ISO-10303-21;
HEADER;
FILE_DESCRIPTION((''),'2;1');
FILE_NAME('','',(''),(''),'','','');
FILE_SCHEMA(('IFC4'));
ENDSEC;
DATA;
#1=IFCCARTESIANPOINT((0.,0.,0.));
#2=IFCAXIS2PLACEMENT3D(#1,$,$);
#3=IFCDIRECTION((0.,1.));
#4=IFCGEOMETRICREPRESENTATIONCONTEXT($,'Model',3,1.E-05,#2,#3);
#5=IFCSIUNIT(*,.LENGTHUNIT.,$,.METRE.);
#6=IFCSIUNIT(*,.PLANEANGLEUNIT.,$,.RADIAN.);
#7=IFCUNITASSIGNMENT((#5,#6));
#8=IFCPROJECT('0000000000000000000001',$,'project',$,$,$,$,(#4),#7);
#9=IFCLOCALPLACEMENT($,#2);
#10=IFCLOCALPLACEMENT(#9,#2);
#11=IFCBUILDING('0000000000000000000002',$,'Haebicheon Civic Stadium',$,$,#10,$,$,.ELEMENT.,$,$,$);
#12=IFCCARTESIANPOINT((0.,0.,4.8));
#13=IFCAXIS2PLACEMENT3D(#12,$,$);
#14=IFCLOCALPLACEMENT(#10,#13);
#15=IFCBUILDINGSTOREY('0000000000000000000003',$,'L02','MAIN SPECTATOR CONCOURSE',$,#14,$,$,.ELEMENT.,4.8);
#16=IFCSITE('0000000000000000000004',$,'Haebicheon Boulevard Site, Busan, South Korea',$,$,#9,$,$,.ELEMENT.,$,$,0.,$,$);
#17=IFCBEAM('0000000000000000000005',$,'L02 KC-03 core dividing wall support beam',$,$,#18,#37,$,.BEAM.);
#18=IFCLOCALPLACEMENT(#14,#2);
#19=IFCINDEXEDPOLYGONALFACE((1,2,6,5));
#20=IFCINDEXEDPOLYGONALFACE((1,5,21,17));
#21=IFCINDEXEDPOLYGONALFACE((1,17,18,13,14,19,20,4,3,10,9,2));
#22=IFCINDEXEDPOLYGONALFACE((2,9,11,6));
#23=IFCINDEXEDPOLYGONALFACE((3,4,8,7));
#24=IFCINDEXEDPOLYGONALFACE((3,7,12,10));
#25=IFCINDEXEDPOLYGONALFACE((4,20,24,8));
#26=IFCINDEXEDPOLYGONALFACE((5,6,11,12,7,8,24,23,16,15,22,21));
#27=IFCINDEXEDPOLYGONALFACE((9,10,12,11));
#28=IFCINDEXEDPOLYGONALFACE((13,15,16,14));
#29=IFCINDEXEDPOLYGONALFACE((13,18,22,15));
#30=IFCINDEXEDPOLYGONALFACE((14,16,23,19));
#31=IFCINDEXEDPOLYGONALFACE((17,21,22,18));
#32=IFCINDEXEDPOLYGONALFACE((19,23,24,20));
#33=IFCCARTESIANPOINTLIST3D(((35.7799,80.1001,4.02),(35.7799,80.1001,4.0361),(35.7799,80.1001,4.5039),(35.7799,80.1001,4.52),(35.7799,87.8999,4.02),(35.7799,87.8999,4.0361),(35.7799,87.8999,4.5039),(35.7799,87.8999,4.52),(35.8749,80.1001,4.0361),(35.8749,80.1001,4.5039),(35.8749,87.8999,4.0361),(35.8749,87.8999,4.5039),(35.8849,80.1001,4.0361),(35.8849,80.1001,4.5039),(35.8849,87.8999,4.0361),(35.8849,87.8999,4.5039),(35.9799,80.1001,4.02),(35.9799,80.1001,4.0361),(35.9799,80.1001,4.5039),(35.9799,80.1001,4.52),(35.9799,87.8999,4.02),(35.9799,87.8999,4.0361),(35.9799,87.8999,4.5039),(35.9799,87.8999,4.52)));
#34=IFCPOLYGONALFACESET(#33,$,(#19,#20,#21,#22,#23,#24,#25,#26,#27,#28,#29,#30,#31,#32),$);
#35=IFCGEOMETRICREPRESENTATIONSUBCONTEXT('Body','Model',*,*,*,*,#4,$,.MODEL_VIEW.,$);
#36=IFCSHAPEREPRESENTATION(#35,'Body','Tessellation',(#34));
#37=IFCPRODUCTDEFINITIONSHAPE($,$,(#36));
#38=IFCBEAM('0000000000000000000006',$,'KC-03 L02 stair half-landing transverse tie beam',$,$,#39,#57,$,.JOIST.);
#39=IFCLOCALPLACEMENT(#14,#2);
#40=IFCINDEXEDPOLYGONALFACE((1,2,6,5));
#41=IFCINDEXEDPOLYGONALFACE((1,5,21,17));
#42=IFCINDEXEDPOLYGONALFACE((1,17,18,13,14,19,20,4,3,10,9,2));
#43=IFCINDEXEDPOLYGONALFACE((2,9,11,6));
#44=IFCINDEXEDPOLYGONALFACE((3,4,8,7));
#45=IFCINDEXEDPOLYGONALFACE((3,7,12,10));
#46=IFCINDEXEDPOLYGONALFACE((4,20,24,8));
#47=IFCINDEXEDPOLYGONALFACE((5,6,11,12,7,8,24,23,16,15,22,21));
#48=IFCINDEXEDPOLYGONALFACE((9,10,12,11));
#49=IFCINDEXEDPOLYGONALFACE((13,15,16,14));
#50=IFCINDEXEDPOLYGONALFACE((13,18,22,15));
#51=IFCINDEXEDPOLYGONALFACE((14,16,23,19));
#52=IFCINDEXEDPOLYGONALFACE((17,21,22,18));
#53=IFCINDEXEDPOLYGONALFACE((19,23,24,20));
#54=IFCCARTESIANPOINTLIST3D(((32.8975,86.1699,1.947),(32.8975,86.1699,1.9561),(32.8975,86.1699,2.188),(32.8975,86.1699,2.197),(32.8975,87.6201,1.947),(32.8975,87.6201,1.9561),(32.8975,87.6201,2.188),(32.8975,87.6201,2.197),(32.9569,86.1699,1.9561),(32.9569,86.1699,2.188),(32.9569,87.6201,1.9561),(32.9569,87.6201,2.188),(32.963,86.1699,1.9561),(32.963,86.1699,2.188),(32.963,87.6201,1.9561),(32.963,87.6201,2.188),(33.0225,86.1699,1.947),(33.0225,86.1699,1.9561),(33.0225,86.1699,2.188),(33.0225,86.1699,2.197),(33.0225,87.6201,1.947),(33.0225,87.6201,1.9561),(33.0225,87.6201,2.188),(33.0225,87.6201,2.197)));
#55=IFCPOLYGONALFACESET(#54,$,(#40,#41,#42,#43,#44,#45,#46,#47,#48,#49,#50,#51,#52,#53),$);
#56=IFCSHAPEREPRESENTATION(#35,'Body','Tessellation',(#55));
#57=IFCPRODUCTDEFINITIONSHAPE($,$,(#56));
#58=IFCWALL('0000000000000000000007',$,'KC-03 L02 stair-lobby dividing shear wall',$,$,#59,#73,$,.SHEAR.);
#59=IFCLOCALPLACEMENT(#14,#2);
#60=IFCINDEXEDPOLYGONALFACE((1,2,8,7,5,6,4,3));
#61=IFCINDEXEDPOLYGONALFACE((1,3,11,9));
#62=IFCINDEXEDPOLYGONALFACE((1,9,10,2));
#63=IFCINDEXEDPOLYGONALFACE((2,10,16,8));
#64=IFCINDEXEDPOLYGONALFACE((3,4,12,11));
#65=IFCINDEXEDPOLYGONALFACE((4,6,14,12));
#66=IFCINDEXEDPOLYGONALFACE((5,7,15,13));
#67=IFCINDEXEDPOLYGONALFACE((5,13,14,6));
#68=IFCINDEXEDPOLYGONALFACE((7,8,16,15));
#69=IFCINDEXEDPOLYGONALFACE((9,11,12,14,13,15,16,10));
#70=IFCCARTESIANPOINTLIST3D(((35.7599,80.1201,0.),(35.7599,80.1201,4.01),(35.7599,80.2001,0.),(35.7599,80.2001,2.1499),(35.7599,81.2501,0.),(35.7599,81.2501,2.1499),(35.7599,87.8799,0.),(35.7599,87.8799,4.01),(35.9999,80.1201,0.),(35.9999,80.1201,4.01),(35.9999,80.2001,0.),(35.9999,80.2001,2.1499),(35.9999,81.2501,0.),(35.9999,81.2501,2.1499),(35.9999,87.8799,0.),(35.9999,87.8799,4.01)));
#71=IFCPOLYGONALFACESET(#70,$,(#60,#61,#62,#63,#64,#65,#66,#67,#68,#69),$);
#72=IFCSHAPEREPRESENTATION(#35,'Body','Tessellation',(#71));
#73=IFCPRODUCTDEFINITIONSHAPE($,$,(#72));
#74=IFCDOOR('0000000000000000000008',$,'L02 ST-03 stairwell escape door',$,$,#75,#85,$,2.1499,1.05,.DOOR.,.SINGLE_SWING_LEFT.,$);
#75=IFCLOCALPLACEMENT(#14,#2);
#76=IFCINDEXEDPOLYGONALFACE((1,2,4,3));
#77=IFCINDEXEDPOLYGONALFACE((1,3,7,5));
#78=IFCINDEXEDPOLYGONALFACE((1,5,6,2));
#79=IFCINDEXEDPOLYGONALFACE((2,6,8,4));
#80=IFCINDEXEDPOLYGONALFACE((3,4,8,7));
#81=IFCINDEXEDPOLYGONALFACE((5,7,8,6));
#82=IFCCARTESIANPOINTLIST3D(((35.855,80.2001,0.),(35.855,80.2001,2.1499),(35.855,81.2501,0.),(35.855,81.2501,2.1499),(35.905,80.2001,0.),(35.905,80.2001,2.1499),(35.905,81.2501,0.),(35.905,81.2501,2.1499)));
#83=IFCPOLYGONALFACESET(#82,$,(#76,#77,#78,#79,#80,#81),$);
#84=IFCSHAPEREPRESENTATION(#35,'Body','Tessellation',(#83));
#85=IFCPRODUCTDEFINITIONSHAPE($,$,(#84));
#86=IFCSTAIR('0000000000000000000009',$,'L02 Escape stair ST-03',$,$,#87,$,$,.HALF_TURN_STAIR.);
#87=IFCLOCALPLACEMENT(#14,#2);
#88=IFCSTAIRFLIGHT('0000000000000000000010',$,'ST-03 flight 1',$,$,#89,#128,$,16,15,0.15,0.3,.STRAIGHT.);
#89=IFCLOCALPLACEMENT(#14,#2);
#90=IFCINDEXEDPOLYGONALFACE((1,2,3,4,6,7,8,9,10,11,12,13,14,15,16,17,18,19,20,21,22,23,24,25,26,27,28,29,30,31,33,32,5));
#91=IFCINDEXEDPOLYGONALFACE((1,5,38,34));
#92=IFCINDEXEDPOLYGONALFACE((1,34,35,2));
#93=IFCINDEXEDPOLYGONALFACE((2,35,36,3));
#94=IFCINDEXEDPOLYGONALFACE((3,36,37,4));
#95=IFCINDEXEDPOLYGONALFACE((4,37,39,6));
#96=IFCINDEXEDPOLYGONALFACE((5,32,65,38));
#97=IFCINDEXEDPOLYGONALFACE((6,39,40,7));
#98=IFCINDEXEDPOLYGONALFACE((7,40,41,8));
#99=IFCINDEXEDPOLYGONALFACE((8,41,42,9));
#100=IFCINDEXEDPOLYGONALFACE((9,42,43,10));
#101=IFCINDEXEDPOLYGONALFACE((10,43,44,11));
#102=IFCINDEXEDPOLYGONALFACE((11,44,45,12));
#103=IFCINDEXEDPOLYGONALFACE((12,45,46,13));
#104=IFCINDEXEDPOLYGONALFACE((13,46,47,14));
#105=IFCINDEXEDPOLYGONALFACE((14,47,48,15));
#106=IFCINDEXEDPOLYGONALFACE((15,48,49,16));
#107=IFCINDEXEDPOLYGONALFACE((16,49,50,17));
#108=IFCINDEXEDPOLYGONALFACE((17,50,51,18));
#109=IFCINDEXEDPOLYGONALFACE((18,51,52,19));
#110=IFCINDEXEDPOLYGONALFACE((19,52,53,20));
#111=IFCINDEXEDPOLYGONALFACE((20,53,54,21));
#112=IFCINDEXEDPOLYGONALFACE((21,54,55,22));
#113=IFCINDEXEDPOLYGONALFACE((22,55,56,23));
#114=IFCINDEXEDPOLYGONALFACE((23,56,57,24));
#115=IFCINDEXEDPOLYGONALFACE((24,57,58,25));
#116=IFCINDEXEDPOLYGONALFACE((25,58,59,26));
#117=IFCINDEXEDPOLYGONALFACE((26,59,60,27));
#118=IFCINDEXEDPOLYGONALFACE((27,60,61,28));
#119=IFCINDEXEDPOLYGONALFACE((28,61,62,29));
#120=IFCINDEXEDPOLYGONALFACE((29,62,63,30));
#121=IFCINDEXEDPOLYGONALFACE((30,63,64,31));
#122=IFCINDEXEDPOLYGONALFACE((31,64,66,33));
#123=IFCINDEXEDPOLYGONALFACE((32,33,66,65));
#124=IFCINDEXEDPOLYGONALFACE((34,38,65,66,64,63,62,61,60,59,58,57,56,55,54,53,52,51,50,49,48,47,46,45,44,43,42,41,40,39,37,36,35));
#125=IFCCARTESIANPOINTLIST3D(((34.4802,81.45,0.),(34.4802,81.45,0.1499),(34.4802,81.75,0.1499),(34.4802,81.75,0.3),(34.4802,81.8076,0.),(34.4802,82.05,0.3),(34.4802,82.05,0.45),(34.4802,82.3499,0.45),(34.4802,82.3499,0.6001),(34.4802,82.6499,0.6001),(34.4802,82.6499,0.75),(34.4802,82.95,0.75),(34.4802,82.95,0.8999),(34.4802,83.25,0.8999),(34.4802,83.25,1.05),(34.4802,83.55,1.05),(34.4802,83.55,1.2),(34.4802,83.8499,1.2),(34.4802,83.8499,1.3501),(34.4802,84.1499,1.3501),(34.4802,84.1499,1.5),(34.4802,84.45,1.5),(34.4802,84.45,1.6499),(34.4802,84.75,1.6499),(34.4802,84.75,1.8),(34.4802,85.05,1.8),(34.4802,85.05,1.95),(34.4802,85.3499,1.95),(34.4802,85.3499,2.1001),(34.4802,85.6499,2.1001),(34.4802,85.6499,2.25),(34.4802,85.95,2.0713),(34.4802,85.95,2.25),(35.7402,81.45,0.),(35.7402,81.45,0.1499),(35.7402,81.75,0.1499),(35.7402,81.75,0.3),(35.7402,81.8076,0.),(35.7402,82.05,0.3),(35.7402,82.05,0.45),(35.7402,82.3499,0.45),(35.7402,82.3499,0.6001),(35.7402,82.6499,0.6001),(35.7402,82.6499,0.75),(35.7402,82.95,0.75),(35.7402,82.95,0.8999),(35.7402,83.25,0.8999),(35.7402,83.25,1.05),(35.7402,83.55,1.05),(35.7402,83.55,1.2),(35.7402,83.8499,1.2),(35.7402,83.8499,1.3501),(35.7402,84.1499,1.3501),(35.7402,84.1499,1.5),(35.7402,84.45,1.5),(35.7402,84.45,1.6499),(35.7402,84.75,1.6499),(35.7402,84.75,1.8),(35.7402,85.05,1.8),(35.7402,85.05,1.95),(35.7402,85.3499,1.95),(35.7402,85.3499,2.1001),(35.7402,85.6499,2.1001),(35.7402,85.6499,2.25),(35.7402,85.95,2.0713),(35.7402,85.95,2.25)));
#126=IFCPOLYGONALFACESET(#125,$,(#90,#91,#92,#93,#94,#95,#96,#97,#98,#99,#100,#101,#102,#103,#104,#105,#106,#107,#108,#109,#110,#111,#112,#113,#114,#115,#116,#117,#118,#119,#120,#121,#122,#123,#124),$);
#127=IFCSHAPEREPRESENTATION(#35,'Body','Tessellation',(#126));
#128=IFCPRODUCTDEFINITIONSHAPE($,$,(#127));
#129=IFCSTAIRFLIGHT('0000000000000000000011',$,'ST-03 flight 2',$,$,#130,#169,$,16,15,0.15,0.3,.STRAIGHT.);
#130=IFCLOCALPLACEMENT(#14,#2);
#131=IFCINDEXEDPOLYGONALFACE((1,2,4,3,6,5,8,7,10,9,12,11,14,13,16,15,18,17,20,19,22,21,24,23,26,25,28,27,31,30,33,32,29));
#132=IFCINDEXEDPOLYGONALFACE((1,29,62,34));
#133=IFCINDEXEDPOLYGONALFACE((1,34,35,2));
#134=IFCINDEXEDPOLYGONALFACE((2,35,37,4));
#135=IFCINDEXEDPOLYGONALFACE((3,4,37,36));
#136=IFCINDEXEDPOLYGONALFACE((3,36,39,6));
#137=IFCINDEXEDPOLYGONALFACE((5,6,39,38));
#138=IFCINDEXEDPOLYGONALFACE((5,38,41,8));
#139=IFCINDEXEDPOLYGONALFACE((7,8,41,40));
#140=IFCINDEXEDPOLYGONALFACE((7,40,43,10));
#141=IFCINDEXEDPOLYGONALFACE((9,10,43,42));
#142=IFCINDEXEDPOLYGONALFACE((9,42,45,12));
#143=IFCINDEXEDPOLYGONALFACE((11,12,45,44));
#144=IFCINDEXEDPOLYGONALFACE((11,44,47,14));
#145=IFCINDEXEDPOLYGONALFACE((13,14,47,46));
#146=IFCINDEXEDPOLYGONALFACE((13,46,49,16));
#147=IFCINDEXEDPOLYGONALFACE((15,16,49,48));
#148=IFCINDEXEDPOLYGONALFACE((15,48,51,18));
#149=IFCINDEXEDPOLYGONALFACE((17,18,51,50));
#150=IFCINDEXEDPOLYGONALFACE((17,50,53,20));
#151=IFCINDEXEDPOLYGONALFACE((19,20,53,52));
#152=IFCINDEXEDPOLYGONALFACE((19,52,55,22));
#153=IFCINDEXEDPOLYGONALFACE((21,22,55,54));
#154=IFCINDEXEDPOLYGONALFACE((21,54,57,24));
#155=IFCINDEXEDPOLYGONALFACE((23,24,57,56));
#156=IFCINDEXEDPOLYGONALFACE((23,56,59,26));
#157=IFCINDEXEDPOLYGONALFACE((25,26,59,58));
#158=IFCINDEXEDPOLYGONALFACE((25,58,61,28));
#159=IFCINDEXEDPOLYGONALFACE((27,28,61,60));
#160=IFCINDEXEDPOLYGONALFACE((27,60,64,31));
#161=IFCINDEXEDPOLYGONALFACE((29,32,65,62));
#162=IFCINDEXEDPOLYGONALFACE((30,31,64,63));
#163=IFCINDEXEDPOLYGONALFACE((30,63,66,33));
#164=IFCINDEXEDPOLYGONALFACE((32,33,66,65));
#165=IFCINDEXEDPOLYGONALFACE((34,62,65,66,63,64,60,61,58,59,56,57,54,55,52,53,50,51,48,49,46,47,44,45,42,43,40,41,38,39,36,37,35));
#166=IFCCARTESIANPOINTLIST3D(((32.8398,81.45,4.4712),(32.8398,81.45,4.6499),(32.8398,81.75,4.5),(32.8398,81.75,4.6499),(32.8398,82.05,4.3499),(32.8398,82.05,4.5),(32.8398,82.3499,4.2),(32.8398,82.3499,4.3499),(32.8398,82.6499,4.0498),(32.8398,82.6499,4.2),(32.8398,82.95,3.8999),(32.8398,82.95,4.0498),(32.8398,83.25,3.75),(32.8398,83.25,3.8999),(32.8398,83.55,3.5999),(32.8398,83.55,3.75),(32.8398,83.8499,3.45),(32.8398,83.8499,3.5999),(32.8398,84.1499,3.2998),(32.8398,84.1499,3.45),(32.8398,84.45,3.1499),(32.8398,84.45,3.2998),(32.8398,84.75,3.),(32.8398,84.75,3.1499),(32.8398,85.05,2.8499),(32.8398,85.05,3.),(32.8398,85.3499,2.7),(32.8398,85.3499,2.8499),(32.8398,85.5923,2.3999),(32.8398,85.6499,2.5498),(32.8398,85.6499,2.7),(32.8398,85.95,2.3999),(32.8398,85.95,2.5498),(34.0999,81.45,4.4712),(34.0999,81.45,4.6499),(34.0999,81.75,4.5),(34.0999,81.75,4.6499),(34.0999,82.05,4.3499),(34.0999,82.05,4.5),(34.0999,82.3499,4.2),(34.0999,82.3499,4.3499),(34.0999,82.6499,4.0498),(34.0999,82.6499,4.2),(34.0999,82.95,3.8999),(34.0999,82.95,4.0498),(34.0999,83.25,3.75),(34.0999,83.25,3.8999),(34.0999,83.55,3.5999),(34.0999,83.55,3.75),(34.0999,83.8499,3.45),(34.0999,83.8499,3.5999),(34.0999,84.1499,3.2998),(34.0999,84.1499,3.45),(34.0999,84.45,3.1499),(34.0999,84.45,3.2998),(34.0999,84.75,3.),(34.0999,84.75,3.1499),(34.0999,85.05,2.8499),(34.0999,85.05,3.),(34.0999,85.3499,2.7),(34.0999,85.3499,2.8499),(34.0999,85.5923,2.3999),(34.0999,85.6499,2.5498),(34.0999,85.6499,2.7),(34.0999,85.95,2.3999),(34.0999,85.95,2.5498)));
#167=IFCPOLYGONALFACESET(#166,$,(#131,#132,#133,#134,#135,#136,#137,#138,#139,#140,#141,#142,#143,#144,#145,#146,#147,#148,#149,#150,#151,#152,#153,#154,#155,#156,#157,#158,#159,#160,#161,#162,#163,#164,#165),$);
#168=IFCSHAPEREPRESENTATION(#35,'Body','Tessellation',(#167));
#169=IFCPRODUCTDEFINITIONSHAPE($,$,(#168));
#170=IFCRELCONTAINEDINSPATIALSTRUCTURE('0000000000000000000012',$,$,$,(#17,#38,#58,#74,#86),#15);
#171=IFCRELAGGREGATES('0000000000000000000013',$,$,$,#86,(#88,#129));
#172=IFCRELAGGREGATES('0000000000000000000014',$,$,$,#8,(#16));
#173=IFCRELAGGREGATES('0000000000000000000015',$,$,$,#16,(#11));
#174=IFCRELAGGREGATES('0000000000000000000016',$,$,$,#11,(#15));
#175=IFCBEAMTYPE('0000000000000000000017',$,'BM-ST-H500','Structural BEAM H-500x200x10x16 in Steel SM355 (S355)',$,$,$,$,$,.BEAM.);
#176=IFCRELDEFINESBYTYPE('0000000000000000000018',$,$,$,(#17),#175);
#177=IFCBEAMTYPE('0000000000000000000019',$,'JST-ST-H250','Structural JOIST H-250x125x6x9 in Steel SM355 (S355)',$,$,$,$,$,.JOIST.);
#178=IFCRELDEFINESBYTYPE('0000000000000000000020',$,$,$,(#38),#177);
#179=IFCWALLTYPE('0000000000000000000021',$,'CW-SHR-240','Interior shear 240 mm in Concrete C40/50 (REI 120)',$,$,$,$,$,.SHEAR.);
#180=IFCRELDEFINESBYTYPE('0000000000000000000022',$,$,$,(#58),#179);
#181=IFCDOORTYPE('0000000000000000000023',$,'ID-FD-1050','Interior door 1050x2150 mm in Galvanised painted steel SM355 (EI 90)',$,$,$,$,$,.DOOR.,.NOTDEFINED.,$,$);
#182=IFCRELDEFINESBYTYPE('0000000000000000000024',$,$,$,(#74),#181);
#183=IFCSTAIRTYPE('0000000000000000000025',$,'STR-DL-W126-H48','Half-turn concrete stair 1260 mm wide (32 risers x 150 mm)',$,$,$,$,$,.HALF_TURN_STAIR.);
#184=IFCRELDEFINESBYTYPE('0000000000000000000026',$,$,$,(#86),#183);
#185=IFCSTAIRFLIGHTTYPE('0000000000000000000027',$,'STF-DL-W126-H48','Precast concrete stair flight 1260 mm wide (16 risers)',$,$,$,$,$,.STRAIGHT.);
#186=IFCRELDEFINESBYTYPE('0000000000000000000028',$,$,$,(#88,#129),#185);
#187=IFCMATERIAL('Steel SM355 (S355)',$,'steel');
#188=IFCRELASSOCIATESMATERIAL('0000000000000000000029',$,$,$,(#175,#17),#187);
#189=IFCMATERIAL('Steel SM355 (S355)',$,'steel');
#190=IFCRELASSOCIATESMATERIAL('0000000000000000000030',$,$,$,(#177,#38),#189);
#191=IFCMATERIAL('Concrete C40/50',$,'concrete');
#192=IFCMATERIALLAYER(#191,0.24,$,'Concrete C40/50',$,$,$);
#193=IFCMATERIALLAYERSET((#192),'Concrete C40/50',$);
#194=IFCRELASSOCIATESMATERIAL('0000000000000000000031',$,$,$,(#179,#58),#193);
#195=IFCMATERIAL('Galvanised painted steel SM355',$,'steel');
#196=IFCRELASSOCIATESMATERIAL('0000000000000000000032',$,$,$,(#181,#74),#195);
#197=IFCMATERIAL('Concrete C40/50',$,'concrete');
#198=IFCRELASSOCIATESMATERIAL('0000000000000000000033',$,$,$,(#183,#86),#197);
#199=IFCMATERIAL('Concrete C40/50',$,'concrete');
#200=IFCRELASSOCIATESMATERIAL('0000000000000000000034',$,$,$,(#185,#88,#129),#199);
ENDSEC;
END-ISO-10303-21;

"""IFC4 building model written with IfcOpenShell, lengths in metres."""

from ifc_helpers import new_model, si_unit, direction, frame, frame_2d, origin, origin_2d, place, context, subcontext, project, spatial, polyline, rectangle, i_section, outline, extrude, material, layer, layer_set, material_profile, profile_set, type_object, element, fill, aggregate, save


model = new_model("IFC4")

# Units and contexts
model_context = context("Model", 3, precision=1e-05, world=origin(), true_north=direction((0.0, 1.0)))
body_context = subcontext(model_context, "Body", "Model", "MODEL_VIEW")
ifc_project = project(units=[si_unit("LENGTHUNIT", "METRE"), si_unit("PLANEANGLEUNIT", "RADIAN")], contexts=[model_context])

# Site, building, storey
site_placement = place(None, origin())
site = spatial("IfcSite", under=ifc_project, at=site_placement, Name="Haebicheon Boulevard Site, Busan, South Korea", CompositionType="ELEMENT", RefElevation=0.0)
building_placement = place(site_placement, origin())
building = spatial("IfcBuilding", under=site, at=building_placement, Name="Haebicheon Civic Stadium", CompositionType="ELEMENT")
storey_placement = place(building_placement, frame((0.0, 0.0, 4.8)))
storey = spatial("IfcBuildingStorey", under=building, at=storey_placement, Name="L02", Description="MAIN SPECTATOR CONCOURSE", CompositionType="ELEMENT", Elevation=4.8)

# Beams
ifc_material_1 = material(Name="Steel SM355 (S355)", Category="steel")
ifc_material_profile_1 = material_profile(ifc_material_1, i_section(OverallWidth=0.2, OverallDepth=0.5, WebThickness=0.01, FlangeThickness=0.0161, at=origin_2d()), Name="H-500x200x10x16")
ifc_profile_set_1 = profile_set([ifc_material_profile_1], Name="Steel SM355 (S355)")
beam_type_1 = type_object("IfcBeamType", Name="BM-ST-H500", Description="Structural BEAM H-500x200x10x16 in Steel SM355 (S355)", PredefinedType="BEAM", material=ifc_profile_set_1)
beam_1_placement = place(storey_placement, frame((35.8799, 80.1001, 4.27), z_axis=(0.0, 1.0, 0.0), x_axis=(-1.0, 0.0, 0.0)))
element("IfcBeam", 1, at=beam_1_placement, inside=storey, type_object=beam_type_1, material=ifc_profile_set_1, Name="L02 KC-03 core dividing wall support beam", PredefinedType="BEAM", context=body_context, shape_type="SweptSolid", body=[
    extrude(i_section(OverallWidth=0.2, OverallDepth=0.5, WebThickness=0.01, FlangeThickness=0.0161, at=origin_2d()), origin(), (0.0, 0.0, 1.0), 7.7998),
])
ifc_material_2 = material(Name="Steel SM355 (S355)", Category="steel")
ifc_material_profile_2 = material_profile(ifc_material_2, i_section(OverallWidth=0.125, OverallDepth=0.25, WebThickness=0.0061, FlangeThickness=0.009, at=origin_2d()), Name="H-250x125x6x9")
ifc_profile_set_2 = profile_set([ifc_material_profile_2], Name="Steel SM355 (S355)")
beam_type_2 = type_object("IfcBeamType", Name="JST-ST-H250", Description="Structural JOIST H-250x125x6x9 in Steel SM355 (S355)", PredefinedType="JOIST", material=ifc_profile_set_2)
beam_2_placement = place(storey_placement, frame((32.96, 86.1699, 2.072), z_axis=(0.0, 1.0, 0.0), x_axis=(-1.0, 0.0, 0.0)))
element("IfcBeam", 2, at=beam_2_placement, inside=storey, type_object=beam_type_2, material=ifc_profile_set_2, Name="KC-03 L02 stair half-landing transverse tie beam", PredefinedType="JOIST", context=body_context, shape_type="SweptSolid", body=[
    extrude(i_section(OverallWidth=0.125, OverallDepth=0.25, WebThickness=0.0061, FlangeThickness=0.009, at=origin_2d()), origin(), (0.0, 0.0, 1.0), 1.4502),
])

# Wall, opening, door
ifc_material_3 = material(Name="Concrete C40/50", Category="concrete")
ifc_layer = layer(ifc_material_3, 0.24, Name="Concrete C40/50")
ifc_layer_set = layer_set([ifc_layer], Name="Concrete C40/50")
wall_type = type_object("IfcWallType", Name="CW-SHR-240", Description="Interior shear 240 mm in Concrete C40/50 (REI 120)", PredefinedType="SHEAR", material=ifc_layer_set)
wall_1_placement = place(storey_placement, frame((35.8799, 80.1201, 0.0), z_axis=(0.0, 0.0, 1.0), x_axis=(0.0, 1.0, 0.0)))
wall_1 = element("IfcWall", 3, at=wall_1_placement, inside=storey, type_object=wall_type, material=ifc_layer_set, Name="KC-03 L02 stair-lobby dividing shear wall", PredefinedType="SHEAR", context=body_context, shape_type="SweptSolid", body=[
    extrude(rectangle(XDim=7.7598, YDim=0.24, at=frame_2d((3.8799, 0.0))), origin(), (0.0, 0.0, 1.0), 4.01),
])
opening_1_placement = place(wall_1_placement, frame((0.0801, 0.0, 0.0)))
opening_1 = element("IfcOpeningElement", 4, at=opening_1_placement, cuts=wall_1, PredefinedType="OPENING", context=body_context, shape_type="SweptSolid", body=[
    extrude(rectangle(XDim=1.05, YDim=2.1499, at=frame_2d((0.5249, 1.075))), frame((0.0, 0.1299, 0.0), z_axis=(0.0, -1.0, 0.0), x_axis=(1.0, 0.0, 0.0)), (0.0, 0.0, 1.0), 0.26),
])
ifc_material_4 = material(Name="Galvanised painted steel SM355", Category="steel")
door_type_1 = type_object("IfcDoorType", Name="ID-FD-1050", Description="Interior door 1050x2150 mm in Galvanised painted steel SM355 (EI 90)", OperationType="NOTDEFINED", PredefinedType="DOOR", material=ifc_material_4)
door_1_placement = place(opening_1_placement, origin())
door_1 = element("IfcDoor", 5, at=door_1_placement, inside=storey, type_object=door_type_1, material=ifc_material_4, Name="L02 ST-03 stairwell escape door", OperationType="SINGLE_SWING_LEFT", OverallHeight=2.1499, OverallWidth=1.05, PredefinedType="DOOR", context=body_context, shape_type="SweptSolid", body=[
    extrude(rectangle(XDim=1.05, YDim=2.1499, at=frame_2d((0.5249, 1.075))), frame((0.0, 0.0249, 0.0), z_axis=(0.0, -1.0, 0.0), x_axis=(1.0, 0.0, 0.0)), (0.0, 0.0, 1.0), 0.05),
])
fill(opening_1, door_1)

# Stair, stair flights
ifc_material_5 = material(Name="Concrete C40/50", Category="concrete")
stair_type = type_object("IfcStairType", Name="STR-DL-W126-H48", Description="Half-turn concrete stair 1260 mm wide (32 risers x 150 mm)", PredefinedType="HALF_TURN_STAIR", material=ifc_material_5)
stair_placement = place(storey_placement, origin())
stair = element("IfcStair", 6, at=stair_placement, inside=storey, type_object=stair_type, material=ifc_material_5, Name="L02 Escape stair ST-03", PredefinedType="HALF_TURN_STAIR")
ifc_material_6 = material(Name="Concrete C40/50", Category="concrete")
stair_flight_type = type_object("IfcStairFlightType", Name="STF-DL-W126-H48", Description="Precast concrete stair flight 1260 mm wide (16 risers)", PredefinedType="STRAIGHT", material=ifc_material_6)
stair_flight_1_placement = place(storey_placement, frame((35.1101, 81.45, 0.0), z_axis=(0.0, 0.0, 1.0), x_axis=(0.0, 1.0, 0.0)))
stair_flight_1 = element("IfcStairFlight", 7, at=stair_flight_1_placement, type_object=stair_flight_type, material=ifc_material_6, Name="ST-03 flight 1", NumberOfRisers=16, NumberOfTreads=15, PredefinedType="STRAIGHT", RiserHeight=0.15, TreadLength=0.3, context=body_context, shape_type="SweptSolid", body=[
    extrude(outline(polyline([(0.0, 0.0), (0.0, 0.1499), (0.3, 0.1499), (0.3, 0.3), (0.6001, 0.3), (0.6001, 0.45), (0.8999, 0.45), (0.8999, 0.6001), (1.2, 0.6001), (1.2, 0.75), (1.5, 0.75), (1.5, 0.8999), (1.8, 0.8999), (1.8, 1.05), (2.1001, 1.05), (2.1001, 1.2), (2.3999, 1.2), (2.3999, 1.3501), (2.7, 1.3501), (2.7, 1.5), (3.0, 1.5), (3.0, 1.6499), (3.3, 1.6499), (3.3, 1.8), (3.6001, 1.8), (3.6001, 1.95), (3.8999, 1.95), (3.8999, 2.1001), (4.2, 2.1001), (4.2, 2.25), (4.5, 2.25), (4.5, 2.3999), (4.5, 2.0713), (0.3577, 0.0), (0.0, 0.0)])), frame((0.0, 0.6299, 0.0), z_axis=(0.0, -1.0, 0.0), x_axis=(1.0, 0.0, 0.0)), (0.0, 0.0, 1.0), 1.26),
])
stair_flight_2_placement = place(storey_placement, frame((33.47, 85.95, 2.3999), z_axis=(0.0, 0.0, 1.0), x_axis=(0.0, -1.0, 0.0)))
stair_flight_2 = element("IfcStairFlight", 8, at=stair_flight_2_placement, type_object=stair_flight_type, material=ifc_material_6, Name="ST-03 flight 2", NumberOfRisers=16, NumberOfTreads=15, PredefinedType="STRAIGHT", RiserHeight=0.15, TreadLength=0.3, context=body_context, shape_type="SweptSolid", body=[
    extrude(outline(polyline([(0.0, 0.0), (0.0, 0.1499), (0.3, 0.1499), (0.3, 0.3), (0.6001, 0.3), (0.6001, 0.45), (0.8999, 0.45), (0.8999, 0.6001), (1.2, 0.6001), (1.2, 0.75), (1.5, 0.75), (1.5, 0.8999), (1.8, 0.8999), (1.8, 1.05), (2.1001, 1.05), (2.1001, 1.2), (2.3999, 1.2), (2.3999, 1.3501), (2.7, 1.3501), (2.7, 1.5), (3.0, 1.5), (3.0, 1.6499), (3.3, 1.6499), (3.3, 1.8), (3.6001, 1.8), (3.6001, 1.95), (3.8999, 1.95), (3.8999, 2.1001), (4.2, 2.1001), (4.2, 2.25), (4.5, 2.25), (4.5, 2.3999), (4.5, 2.0713), (0.3577, 0.0), (0.0, 0.0)])), frame((0.0, 0.6299, 0.0), z_axis=(0.0, -1.0, 0.0), x_axis=(1.0, 0.0, 0.0)), (0.0, 0.0, 1.0), 1.26),
])
aggregate(stair, [stair_flight_1, stair_flight_2])

save(model, "model.ifc")
